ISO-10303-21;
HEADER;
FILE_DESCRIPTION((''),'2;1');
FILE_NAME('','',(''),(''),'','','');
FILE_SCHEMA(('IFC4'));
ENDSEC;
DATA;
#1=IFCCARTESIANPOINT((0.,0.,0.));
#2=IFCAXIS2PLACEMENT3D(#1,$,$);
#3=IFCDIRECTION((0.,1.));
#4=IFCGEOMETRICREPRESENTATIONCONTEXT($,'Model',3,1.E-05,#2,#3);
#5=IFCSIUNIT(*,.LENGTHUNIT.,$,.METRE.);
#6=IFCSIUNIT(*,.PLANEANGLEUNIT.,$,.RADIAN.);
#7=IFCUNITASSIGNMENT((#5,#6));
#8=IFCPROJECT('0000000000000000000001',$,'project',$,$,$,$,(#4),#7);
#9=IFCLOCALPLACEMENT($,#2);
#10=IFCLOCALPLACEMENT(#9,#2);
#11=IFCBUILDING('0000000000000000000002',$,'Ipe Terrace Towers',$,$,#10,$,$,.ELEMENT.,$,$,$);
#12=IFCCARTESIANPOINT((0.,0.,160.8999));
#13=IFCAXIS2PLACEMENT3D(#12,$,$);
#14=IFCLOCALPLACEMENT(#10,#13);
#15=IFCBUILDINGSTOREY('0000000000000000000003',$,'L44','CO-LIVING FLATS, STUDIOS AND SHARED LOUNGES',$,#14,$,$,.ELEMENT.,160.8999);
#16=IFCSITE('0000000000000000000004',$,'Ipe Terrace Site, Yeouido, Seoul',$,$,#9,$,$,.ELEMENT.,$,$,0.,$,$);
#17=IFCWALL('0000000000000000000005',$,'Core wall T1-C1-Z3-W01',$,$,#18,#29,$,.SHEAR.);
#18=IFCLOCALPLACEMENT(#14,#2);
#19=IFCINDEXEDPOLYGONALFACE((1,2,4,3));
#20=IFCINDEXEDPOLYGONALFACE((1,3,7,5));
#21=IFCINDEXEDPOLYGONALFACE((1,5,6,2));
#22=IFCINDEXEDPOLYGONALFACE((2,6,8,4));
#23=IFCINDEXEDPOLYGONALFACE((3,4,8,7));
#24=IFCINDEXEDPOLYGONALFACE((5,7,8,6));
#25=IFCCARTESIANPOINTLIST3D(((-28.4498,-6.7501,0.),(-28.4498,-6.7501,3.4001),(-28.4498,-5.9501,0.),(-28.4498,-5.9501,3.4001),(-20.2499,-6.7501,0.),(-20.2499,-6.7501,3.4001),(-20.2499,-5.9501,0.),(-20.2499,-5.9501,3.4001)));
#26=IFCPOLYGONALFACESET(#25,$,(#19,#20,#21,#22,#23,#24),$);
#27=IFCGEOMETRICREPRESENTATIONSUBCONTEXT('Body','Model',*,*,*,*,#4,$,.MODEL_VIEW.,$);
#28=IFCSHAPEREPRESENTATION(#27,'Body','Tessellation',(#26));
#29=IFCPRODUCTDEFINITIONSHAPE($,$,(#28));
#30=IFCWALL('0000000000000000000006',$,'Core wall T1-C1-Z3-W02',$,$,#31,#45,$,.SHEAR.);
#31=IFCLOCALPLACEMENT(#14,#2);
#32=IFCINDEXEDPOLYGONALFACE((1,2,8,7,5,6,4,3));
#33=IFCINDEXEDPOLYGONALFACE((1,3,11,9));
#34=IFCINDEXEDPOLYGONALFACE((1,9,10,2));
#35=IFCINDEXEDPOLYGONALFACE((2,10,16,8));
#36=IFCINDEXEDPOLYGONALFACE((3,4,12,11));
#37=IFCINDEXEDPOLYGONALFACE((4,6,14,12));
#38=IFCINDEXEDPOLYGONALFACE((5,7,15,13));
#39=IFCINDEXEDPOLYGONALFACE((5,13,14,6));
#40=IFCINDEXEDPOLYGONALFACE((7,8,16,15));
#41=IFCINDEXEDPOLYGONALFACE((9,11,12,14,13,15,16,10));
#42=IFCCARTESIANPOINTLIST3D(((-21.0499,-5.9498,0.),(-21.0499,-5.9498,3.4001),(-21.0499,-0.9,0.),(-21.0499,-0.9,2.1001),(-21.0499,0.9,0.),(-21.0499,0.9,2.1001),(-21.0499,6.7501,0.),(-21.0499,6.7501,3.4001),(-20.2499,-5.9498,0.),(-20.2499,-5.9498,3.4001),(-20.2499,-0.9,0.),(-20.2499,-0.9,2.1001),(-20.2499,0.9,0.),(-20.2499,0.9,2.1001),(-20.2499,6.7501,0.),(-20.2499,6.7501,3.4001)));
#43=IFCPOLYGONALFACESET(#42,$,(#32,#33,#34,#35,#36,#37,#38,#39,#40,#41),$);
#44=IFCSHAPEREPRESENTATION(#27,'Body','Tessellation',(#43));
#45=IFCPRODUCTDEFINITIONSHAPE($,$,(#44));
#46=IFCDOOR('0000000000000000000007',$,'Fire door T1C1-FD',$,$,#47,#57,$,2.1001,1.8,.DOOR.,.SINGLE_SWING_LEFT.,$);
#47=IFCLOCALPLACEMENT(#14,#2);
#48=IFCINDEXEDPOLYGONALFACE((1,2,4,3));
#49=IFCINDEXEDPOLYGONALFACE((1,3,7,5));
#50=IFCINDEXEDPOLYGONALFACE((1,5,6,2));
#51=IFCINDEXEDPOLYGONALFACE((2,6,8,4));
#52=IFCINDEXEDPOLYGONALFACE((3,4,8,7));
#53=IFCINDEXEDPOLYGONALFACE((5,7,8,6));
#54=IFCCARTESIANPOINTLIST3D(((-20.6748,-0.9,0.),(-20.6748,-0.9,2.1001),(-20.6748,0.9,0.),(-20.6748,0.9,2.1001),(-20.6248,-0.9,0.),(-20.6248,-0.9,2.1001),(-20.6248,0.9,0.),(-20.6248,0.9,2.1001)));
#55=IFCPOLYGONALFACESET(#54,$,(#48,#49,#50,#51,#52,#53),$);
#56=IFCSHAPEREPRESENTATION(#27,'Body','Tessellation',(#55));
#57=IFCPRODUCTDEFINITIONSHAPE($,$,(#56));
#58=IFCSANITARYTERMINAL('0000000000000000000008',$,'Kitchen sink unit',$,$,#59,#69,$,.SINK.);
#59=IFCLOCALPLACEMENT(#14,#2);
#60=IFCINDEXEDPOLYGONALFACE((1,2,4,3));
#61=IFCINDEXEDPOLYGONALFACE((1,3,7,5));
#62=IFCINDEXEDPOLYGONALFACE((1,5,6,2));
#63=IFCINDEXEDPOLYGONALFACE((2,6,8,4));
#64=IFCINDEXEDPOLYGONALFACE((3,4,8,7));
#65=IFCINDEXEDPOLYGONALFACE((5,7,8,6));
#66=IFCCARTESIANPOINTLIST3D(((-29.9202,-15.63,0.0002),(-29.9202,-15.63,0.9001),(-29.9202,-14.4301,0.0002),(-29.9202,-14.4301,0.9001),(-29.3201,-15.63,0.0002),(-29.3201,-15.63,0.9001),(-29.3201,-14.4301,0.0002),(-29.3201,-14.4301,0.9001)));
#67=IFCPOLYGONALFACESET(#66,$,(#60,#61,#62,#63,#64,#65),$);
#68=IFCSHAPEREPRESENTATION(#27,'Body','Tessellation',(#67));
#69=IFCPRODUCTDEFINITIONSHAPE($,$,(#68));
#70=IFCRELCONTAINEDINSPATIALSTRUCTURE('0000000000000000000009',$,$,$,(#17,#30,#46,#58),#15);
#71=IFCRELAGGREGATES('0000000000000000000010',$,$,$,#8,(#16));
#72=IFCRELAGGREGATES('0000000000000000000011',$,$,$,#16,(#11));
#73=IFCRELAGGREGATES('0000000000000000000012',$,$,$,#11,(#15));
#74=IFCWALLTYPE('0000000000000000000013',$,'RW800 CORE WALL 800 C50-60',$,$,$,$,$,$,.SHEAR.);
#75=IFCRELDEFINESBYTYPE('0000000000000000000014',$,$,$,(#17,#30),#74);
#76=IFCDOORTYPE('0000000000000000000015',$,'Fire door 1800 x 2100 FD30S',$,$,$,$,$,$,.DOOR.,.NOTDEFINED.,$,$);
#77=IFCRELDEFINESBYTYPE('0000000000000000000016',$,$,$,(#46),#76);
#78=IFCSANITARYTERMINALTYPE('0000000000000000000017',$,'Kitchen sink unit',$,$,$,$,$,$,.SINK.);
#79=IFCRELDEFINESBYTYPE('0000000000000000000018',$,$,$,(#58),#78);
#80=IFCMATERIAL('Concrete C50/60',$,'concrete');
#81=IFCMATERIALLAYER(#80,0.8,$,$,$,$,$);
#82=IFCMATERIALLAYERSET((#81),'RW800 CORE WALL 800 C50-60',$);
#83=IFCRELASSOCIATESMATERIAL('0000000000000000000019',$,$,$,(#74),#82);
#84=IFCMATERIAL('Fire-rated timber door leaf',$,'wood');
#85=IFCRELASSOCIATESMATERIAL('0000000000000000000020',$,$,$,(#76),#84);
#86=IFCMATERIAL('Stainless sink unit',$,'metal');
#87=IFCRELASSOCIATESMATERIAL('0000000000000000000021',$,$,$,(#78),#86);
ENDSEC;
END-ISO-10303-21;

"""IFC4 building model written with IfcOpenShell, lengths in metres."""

from ifc_helpers import new_model, si_unit, direction, frame, frame_2d, origin, origin_2d, place, context, subcontext, project, spatial, rectangle, extrude, material, layer, layer_set, type_object, element, fill, save


model = new_model("IFC4")

# Units and contexts
model_context = context("Model", 3, precision=1e-05, world=origin(), true_north=direction((0.0, 1.0)))
body_context = subcontext(model_context, "Body", "Model", "MODEL_VIEW")
ifc_project = project(units=[si_unit("LENGTHUNIT", "METRE"), si_unit("PLANEANGLEUNIT", "RADIAN")], contexts=[model_context])

# Site, building, storey
site_placement = place(None, origin())
site = spatial("IfcSite", under=ifc_project, at=site_placement, Name="Ipe Terrace Site, Yeouido, Seoul", CompositionType="ELEMENT", RefElevation=0.0)
building_placement = place(site_placement, origin())
building = spatial("IfcBuilding", under=site, at=building_placement, Name="Ipe Terrace Towers", CompositionType="ELEMENT")
storey_placement = place(building_placement, frame((0.0, 0.0, 160.8999)))
storey = spatial("IfcBuildingStorey", under=building, at=storey_placement, Name="L44", Description="CO-LIVING FLATS, STUDIOS AND SHARED LOUNGES", CompositionType="ELEMENT", Elevation=160.8999)

# Wall
ifc_material_1 = material(Name="Concrete C50/60", Category="concrete")
ifc_layer_1 = layer(ifc_material_1, 0.8)
ifc_layer_set_1 = layer_set([ifc_layer_1], Name="RW800 CORE WALL 800 C50-60")
wall_type_1 = type_object("IfcWallType", Name="RW800 CORE WALL 800 C50-60", PredefinedType="SHEAR", material=ifc_layer_set_1)
wall_1_placement = place(storey_placement, frame((-28.45, -6.3501, 0.0), z_axis=(0.0, 0.0, 1.0), x_axis=(1.0, 0.0, 0.0)))
element("IfcWall", 1, at=wall_1_placement, inside=storey, type_object=wall_type_1, Name="Core wall T1-C1-Z3-W01", PredefinedType="SHEAR", context=body_context, shape_type="SweptSolid", body=[
    extrude(rectangle(XDim=8.2, YDim=0.8, at=frame_2d((4.1001, 0.0))), origin(), (0.0, 0.0, 1.0), 3.4001),
])

# Wall, opening, door
wall_2_placement = place(storey_placement, frame((-20.6499, -5.95, 0.0), z_axis=(0.0, 0.0, 1.0), x_axis=(0.0, 1.0, 0.0)))
wall_2 = element("IfcWall", 2, at=wall_2_placement, inside=storey, type_object=wall_type_1, Name="Core wall T1-C1-Z3-W02", PredefinedType="SHEAR", context=body_context, shape_type="SweptSolid", body=[
    extrude(rectangle(XDim=12.7, YDim=0.8, at=frame_2d((6.3501, 0.0))), origin(), (0.0, 0.0, 1.0), 3.4001),
])
opening_1_placement = place(wall_2_placement, frame((5.05, 0.0, 0.0)))
opening_1 = element("IfcOpeningElement", 3, at=opening_1_placement, cuts=wall_2, PredefinedType="OPENING", context=body_context, shape_type="SweptSolid", body=[
    extrude(rectangle(XDim=1.8, YDim=2.1001, at=frame_2d((0.8999, 1.05))), frame((0.0, 0.4102, 0.0), z_axis=(0.0, -1.0, 0.0), x_axis=(1.0, 0.0, 0.0)), (0.0, 0.0, 1.0), 0.8201),
])
ifc_material_2 = material(Name="Fire-rated timber door leaf", Category="wood")
door_type_1 = type_object("IfcDoorType", Name="Fire door 1800 x 2100 FD30S", OperationType="NOTDEFINED", PredefinedType="DOOR", material=ifc_material_2)
door_1_placement = place(opening_1_placement, origin())
door_1 = element("IfcDoor", 4, at=door_1_placement, inside=storey, type_object=door_type_1, Name="Fire door T1C1-FD", OperationType="SINGLE_SWING_LEFT", OverallHeight=2.1001, OverallWidth=1.8, PredefinedType="DOOR", context=body_context, shape_type="SweptSolid", body=[
    extrude(rectangle(XDim=1.8, YDim=2.1001, at=frame_2d((0.8999, 1.05))), frame((0.0, 0.0249, 0.0), z_axis=(0.0, -1.0, 0.0), x_axis=(1.0, 0.0, 0.0)), (0.0, 0.0, 1.0), 0.05),
])
fill(opening_1, door_1)

# Sanitary terminal
ifc_material_3 = material(Name="Stainless sink unit", Category="metal")
sanitary_terminal_type = type_object("IfcSanitaryTerminalType", Name="Kitchen sink unit", PredefinedType="SINK", material=ifc_material_3)
sanitary_terminal_placement = place(storey_placement, frame((-29.6201, -15.03, 0.0002), z_axis=(0.0, 0.0, 1.0), x_axis=(0.0, -1.0, 0.0)))
element("IfcSanitaryTerminal", 5, at=sanitary_terminal_placement, inside=storey, type_object=sanitary_terminal_type, Name="Kitchen sink unit", PredefinedType="SINK", context=body_context, shape_type="SweptSolid", body=[
    extrude(rectangle(XDim=1.2, YDim=0.6001, at=origin_2d()), origin(), (0.0, 0.0, 1.0), 0.8999),
])

save(model, "model.ifc")
